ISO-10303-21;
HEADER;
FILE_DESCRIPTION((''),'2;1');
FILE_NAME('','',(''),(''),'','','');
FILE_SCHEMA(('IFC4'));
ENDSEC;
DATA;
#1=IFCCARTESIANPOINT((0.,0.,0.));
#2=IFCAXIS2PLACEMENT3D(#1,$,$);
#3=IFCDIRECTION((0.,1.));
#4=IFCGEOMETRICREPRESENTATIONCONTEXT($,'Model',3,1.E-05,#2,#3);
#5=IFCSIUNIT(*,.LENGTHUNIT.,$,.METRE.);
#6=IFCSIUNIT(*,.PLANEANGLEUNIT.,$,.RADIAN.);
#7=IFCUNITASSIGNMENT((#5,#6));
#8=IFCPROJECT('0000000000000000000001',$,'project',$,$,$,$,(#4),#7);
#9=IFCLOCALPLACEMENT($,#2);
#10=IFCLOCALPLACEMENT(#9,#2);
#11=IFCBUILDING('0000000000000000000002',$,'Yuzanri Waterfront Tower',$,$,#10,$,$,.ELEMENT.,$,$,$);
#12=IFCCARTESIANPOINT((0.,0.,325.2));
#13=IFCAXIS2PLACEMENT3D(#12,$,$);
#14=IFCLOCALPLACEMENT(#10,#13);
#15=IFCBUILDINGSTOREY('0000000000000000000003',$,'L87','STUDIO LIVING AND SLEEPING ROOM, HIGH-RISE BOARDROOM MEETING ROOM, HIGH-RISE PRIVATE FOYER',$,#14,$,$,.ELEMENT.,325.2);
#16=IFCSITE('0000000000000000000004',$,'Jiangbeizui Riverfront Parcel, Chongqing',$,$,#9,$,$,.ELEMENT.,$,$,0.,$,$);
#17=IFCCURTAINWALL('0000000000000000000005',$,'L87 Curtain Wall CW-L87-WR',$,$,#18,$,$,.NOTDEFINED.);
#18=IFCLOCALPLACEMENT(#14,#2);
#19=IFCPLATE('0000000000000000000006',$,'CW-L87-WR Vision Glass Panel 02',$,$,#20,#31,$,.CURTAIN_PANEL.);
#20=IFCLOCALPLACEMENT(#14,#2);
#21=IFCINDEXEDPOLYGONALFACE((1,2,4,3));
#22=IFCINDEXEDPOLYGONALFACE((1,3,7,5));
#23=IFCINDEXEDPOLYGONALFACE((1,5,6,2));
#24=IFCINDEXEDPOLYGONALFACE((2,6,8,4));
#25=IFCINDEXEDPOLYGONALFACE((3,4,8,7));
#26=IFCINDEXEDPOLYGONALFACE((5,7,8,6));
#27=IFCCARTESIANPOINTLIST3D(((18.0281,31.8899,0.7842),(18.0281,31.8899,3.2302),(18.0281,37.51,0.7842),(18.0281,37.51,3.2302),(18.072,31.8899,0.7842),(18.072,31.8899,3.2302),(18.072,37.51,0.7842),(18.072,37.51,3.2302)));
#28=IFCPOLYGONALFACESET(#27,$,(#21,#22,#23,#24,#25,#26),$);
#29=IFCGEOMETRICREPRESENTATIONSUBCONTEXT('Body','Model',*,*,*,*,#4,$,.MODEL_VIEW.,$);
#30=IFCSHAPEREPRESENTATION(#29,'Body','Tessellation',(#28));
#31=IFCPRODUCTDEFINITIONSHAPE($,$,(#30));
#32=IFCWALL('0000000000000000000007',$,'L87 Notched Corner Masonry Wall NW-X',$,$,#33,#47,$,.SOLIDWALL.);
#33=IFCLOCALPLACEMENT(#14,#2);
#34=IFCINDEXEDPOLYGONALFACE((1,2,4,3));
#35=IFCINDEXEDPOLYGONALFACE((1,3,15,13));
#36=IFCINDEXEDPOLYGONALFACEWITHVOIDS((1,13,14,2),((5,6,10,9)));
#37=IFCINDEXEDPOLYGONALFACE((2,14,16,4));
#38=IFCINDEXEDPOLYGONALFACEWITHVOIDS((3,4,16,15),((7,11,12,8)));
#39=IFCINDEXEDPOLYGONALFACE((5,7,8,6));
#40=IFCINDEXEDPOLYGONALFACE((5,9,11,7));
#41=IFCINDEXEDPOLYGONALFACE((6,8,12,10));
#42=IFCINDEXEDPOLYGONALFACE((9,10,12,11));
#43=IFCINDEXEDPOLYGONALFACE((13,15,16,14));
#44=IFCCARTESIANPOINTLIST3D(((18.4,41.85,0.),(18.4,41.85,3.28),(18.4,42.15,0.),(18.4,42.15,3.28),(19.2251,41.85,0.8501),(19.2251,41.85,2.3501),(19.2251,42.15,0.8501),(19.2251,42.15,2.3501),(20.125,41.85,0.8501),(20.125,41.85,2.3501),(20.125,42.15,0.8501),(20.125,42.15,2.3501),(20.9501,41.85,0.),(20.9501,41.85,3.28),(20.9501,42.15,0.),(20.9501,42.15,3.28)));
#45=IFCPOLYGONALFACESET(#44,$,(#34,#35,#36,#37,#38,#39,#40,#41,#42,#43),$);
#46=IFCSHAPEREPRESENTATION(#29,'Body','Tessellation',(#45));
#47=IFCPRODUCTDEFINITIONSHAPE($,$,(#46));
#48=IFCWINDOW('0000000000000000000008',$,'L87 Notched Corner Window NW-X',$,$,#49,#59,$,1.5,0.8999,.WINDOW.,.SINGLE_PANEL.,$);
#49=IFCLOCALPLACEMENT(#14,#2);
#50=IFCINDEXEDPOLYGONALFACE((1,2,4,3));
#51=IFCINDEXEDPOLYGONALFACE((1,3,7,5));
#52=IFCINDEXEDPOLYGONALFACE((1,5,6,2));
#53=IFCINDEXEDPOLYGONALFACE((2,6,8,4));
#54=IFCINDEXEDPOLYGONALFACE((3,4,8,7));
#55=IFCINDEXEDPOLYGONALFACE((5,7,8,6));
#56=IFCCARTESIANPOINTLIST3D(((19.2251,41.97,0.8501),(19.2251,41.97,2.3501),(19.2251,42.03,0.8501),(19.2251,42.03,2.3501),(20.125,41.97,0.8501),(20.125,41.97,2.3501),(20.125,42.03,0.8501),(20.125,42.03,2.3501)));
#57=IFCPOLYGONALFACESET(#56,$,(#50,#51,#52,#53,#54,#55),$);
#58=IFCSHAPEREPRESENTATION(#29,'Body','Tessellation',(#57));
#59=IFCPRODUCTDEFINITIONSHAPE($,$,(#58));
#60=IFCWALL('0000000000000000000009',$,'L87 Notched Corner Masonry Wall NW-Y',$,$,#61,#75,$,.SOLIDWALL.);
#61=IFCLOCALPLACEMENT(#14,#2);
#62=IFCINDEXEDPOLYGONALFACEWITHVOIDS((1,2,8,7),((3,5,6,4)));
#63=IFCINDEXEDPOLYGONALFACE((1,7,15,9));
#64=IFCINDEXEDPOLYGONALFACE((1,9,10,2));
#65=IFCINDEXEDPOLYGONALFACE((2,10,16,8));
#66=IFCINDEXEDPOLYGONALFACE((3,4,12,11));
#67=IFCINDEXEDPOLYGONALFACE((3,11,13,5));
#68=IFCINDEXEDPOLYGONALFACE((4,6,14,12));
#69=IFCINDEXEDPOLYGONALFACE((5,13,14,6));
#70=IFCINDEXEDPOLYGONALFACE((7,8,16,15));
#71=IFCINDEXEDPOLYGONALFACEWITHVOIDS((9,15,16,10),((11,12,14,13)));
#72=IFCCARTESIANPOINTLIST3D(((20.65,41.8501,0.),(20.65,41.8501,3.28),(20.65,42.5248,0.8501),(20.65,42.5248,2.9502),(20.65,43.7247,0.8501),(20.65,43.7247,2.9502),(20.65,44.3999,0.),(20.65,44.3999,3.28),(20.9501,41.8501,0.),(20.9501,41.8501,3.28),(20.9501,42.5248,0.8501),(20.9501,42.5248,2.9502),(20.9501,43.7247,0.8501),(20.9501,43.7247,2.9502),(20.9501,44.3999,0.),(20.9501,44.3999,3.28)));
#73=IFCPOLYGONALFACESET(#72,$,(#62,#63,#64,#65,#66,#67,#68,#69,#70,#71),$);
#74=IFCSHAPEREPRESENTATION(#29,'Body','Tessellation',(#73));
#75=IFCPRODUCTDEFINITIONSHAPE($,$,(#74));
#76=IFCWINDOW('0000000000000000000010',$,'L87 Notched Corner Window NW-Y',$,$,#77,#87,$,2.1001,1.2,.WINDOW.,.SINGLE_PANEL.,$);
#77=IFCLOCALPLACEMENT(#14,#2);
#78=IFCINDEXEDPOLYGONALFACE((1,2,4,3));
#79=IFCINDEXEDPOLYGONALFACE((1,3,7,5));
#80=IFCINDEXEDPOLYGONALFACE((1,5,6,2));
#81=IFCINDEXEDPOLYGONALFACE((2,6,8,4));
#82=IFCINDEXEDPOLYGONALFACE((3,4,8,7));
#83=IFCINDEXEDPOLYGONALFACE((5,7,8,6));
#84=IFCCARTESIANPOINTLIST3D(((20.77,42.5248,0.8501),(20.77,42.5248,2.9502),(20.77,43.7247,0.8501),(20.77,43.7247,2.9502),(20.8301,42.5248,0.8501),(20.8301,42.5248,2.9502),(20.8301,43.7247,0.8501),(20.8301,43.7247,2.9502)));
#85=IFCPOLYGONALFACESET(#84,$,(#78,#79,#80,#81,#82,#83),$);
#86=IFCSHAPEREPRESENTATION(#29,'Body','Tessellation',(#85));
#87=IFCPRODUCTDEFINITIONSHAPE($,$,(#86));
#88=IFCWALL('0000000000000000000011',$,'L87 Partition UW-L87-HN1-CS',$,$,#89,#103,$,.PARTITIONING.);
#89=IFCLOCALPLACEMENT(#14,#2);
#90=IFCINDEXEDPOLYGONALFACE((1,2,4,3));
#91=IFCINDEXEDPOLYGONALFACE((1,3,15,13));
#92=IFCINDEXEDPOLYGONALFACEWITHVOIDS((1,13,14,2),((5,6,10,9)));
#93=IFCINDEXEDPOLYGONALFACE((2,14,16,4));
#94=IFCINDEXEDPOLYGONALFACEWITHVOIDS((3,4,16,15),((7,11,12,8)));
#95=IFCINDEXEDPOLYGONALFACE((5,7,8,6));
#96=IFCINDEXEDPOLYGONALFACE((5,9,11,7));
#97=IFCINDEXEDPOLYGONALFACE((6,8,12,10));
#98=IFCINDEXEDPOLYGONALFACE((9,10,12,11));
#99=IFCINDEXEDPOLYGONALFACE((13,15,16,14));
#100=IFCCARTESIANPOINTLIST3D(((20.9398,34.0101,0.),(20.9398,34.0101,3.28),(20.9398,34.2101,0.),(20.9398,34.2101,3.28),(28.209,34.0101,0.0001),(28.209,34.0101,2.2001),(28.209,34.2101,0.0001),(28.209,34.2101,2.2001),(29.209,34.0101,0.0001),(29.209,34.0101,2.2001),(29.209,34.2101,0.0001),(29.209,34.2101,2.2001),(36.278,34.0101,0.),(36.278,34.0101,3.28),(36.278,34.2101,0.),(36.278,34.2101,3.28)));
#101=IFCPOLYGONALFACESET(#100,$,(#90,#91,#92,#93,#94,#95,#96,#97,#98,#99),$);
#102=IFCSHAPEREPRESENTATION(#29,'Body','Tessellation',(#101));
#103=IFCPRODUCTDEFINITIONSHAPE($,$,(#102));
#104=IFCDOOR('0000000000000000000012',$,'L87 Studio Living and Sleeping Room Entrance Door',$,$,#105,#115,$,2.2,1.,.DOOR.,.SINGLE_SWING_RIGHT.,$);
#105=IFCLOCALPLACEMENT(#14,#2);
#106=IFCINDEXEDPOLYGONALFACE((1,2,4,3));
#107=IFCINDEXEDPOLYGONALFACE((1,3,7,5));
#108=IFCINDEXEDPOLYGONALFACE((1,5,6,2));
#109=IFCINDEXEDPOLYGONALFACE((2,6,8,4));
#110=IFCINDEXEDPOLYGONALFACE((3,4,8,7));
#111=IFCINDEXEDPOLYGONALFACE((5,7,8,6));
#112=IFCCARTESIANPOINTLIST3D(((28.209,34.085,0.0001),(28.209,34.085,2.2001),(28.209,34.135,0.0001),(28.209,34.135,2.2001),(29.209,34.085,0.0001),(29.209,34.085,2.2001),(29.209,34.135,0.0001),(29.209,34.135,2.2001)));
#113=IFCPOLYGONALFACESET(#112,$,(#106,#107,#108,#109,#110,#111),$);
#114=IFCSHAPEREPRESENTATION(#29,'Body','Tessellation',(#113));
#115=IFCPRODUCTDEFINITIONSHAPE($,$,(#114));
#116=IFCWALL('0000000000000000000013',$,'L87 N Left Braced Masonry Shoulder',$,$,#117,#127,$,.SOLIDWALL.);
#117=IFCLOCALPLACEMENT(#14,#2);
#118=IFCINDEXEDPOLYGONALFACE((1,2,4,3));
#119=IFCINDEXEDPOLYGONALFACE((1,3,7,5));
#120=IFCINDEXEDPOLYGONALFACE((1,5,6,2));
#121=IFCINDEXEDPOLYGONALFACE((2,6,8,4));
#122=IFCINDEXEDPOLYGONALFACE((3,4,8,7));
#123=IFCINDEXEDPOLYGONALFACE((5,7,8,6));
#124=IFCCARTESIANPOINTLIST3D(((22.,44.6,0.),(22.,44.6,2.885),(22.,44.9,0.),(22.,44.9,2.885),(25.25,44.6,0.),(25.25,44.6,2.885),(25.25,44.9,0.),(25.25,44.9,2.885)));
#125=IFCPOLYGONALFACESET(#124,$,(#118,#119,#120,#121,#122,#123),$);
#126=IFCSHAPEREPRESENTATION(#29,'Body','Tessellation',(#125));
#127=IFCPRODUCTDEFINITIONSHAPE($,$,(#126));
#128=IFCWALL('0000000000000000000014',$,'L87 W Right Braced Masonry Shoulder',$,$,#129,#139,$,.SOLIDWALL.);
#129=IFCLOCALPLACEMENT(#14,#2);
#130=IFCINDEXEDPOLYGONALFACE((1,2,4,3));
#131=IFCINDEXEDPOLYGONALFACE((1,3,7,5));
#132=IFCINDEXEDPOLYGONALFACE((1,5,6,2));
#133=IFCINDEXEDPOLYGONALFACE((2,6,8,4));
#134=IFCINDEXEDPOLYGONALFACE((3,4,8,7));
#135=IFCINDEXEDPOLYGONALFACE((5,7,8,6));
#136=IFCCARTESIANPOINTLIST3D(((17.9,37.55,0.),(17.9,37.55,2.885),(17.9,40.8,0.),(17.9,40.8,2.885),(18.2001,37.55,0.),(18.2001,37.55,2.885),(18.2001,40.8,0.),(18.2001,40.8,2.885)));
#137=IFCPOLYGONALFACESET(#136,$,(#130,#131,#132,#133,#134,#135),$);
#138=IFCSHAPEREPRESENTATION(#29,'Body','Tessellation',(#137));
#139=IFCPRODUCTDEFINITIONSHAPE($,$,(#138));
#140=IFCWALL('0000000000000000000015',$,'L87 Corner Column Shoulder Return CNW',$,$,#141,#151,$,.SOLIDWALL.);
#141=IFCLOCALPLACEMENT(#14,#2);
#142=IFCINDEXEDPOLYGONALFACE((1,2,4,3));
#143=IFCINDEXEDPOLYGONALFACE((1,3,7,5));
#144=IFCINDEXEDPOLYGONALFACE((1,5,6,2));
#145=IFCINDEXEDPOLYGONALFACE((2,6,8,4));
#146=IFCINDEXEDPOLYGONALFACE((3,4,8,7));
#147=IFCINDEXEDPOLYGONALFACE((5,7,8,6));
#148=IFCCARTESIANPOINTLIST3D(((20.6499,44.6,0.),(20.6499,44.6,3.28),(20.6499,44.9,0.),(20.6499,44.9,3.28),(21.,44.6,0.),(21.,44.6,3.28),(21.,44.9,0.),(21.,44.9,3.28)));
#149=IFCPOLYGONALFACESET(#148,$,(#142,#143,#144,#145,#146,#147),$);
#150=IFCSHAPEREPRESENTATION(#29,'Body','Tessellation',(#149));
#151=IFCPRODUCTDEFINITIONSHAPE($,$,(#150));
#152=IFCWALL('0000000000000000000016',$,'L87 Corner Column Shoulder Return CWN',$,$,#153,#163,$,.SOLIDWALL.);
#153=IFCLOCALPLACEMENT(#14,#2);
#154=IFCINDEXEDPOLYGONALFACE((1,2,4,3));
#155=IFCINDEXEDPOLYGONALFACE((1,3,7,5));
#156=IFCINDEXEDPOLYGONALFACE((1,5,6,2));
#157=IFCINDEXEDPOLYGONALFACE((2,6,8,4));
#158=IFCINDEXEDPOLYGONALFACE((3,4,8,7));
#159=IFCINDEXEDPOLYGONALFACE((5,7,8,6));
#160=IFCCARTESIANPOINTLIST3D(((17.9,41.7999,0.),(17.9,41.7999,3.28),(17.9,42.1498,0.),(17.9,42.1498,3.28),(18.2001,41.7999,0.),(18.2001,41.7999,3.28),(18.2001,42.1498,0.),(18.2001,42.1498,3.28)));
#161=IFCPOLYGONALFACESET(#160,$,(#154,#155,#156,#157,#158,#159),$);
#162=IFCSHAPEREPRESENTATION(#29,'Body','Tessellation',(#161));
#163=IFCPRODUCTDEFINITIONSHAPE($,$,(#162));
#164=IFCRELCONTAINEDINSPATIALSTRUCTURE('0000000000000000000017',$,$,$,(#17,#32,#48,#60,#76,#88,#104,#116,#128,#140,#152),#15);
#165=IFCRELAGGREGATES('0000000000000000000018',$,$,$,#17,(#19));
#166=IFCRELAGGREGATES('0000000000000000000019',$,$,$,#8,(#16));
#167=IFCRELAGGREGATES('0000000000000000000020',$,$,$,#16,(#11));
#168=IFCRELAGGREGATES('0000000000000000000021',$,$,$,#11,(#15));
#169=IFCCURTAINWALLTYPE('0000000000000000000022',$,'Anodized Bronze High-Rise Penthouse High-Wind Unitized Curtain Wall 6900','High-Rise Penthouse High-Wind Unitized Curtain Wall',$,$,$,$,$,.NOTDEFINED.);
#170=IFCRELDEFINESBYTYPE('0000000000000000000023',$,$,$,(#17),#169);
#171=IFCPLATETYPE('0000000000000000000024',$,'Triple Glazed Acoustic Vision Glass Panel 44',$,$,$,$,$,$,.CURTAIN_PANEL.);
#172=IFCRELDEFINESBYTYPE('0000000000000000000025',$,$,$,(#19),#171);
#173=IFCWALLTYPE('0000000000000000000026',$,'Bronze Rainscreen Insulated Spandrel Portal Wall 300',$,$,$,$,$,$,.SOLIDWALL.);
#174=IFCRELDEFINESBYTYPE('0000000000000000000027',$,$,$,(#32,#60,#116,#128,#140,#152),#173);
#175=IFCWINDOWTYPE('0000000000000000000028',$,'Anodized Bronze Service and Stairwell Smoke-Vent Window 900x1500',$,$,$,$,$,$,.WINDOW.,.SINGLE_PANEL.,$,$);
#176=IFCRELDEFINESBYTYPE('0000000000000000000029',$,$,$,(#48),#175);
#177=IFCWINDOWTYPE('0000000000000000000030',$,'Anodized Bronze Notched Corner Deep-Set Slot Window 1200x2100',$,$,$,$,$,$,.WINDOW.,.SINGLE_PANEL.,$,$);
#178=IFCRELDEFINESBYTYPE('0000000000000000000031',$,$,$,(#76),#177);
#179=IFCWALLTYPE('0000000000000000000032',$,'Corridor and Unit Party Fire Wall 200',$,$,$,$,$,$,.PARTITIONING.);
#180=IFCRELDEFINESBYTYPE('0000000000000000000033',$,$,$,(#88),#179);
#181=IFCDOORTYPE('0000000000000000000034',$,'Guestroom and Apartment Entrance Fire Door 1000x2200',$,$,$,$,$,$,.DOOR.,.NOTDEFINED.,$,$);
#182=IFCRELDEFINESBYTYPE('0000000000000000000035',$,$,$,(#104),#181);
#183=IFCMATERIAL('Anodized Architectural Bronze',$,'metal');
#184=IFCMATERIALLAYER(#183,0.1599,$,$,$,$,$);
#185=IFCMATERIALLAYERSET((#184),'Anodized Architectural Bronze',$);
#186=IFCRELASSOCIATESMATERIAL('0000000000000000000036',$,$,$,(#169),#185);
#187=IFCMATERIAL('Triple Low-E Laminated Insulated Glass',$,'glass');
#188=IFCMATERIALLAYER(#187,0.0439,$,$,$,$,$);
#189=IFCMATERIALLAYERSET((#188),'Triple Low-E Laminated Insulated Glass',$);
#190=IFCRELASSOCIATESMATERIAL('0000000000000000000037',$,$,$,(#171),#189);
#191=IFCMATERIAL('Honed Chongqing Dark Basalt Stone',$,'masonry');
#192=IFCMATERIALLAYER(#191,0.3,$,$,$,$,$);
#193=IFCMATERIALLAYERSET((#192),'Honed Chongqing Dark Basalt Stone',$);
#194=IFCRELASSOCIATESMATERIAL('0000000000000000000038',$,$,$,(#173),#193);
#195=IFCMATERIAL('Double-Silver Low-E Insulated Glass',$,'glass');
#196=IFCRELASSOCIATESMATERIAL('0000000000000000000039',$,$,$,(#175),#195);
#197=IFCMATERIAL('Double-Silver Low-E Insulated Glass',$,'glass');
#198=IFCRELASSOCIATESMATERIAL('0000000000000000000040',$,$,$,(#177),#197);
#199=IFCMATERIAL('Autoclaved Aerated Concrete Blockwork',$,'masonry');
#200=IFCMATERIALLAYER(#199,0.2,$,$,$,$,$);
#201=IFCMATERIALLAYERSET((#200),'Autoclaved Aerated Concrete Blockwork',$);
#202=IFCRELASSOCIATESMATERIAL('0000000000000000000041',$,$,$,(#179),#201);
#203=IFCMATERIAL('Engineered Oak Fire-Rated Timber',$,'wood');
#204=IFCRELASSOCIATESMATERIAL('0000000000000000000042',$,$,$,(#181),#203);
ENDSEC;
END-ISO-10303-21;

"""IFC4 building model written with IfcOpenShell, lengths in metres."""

from ifc_helpers import new_model, si_unit, direction, frame, frame_2d, origin, origin_2d, place, context, subcontext, project, spatial, rectangle, extrude, source, transform, mapped, material, layer, layer_set, type_object, element, fill, aggregate, save


model = new_model("IFC4")

# Units and contexts
model_context = context("Model", 3, precision=1e-05, world=origin(), true_north=direction((0.0, 1.0)))
body_context = subcontext(model_context, "Body", "Model", "MODEL_VIEW")
ifc_project = project(units=[si_unit("LENGTHUNIT", "METRE"), si_unit("PLANEANGLEUNIT", "RADIAN")], contexts=[model_context])

# Site, building, storey
site_placement = place(None, origin())
site = spatial("IfcSite", under=ifc_project, at=site_placement, Name="Jiangbeizui Riverfront Parcel, Chongqing", CompositionType="ELEMENT", RefElevation=0.0)
building_placement = place(site_placement, origin())
building = spatial("IfcBuilding", under=site, at=building_placement, Name="Yuzanri Waterfront Tower", CompositionType="ELEMENT")
storey_placement = place(building_placement, frame((0.0, 0.0, 325.2)))
storey = spatial("IfcBuildingStorey", under=building, at=storey_placement, Name="L87", Description="STUDIO LIVING AND SLEEPING ROOM, HIGH-RISE BOARDROOM MEETING ROOM, HIGH-RISE PRIVATE FOYER", CompositionType="ELEMENT", Elevation=325.2)

# Curtain wall
ifc_material_1 = material(Name="Anodized Architectural Bronze", Category="metal")
ifc_layer_1 = layer(ifc_material_1, 0.1599)
ifc_layer_set_1 = layer_set([ifc_layer_1], Name="Anodized Architectural Bronze")
curtain_wall_type = type_object("IfcCurtainWallType", Name="Anodized Bronze High-Rise Penthouse High-Wind Unitized Curtain Wall 6900", Description="High-Rise Penthouse High-Wind Unitized Curtain Wall", PredefinedType="NOTDEFINED", material=ifc_layer_set_1)
curtain_wall_placement = place(storey_placement, origin())
curtain_wall = element("IfcCurtainWall", 1, at=curtain_wall_placement, inside=storey, type_object=curtain_wall_type, Name="L87 Curtain Wall CW-L87-WR", PredefinedType="NOTDEFINED")

# Plate
ifc_material_2 = material(Name="Triple Low-E Laminated Insulated Glass", Category="glass")
ifc_layer_2 = layer(ifc_material_2, 0.0439)
ifc_layer_set_2 = layer_set([ifc_layer_2], Name="Triple Low-E Laminated Insulated Glass")
plate_type_1 = type_object("IfcPlateType", Name="Triple Glazed Acoustic Vision Glass Panel 44", PredefinedType="CURTAIN_PANEL", material=ifc_layer_set_2)
shared_shape_1 = source(origin(), body_context, "Body", "SweptSolid", [
    extrude(rectangle(XDim=5.6201, YDim=0.0439, at=origin_2d()), origin(), (0.0, 0.0, 1.0), 2.446),
])
plate_1_placement = place(storey_placement, frame((18.05, 34.7, 0.7842), z_axis=(0.0, 0.0, 1.0), x_axis=(0.0, 1.0, 0.0)))
plate_1 = element("IfcPlate", 2, at=plate_1_placement, type_object=plate_type_1, Name="CW-L87-WR Vision Glass Panel 02", PredefinedType="CURTAIN_PANEL", context=body_context, shape_type="MappedRepresentation", body=[
    mapped(shared_shape_1, transform((0.0, 0.0, 0.0), scale=1.0)),
])
aggregate(curtain_wall, [plate_1])

# Walls, openings, windows
ifc_material_3 = material(Name="Honed Chongqing Dark Basalt Stone", Category="masonry")
ifc_layer_3 = layer(ifc_material_3, 0.3)
ifc_layer_set_3 = layer_set([ifc_layer_3], Name="Honed Chongqing Dark Basalt Stone")
wall_type_1 = type_object("IfcWallType", Name="Bronze Rainscreen Insulated Spandrel Portal Wall 300", PredefinedType="SOLIDWALL", material=ifc_layer_set_3)
wall_1_placement = place(storey_placement, frame((20.95, 42.0, 0.0), z_axis=(0.0, 0.0, 1.0), x_axis=(-1.0, 0.0, 0.0)))
wall_1 = element("IfcWall", 3, at=wall_1_placement, inside=storey, type_object=wall_type_1, Name="L87 Notched Corner Masonry Wall NW-X", PredefinedType="SOLIDWALL", context=body_context, shape_type="SweptSolid", body=[
    extrude(rectangle(XDim=2.55, YDim=0.3, at=frame_2d((1.2749, 0.0))), origin(), (0.0, 0.0, 1.0), 3.28),
])
opening_1_placement = place(wall_1_placement, frame((0.825, 0.0, 0.8501)))
opening_1 = element("IfcOpeningElement", 4, at=opening_1_placement, cuts=wall_1, PredefinedType="OPENING", context=body_context, shape_type="SweptSolid", body=[
    extrude(rectangle(XDim=0.8999, YDim=1.5, at=frame_2d((0.45, 0.75))), frame((0.0, 0.165, 0.0), z_axis=(0.0, -1.0, 0.0), x_axis=(1.0, 0.0, 0.0)), (0.0, 0.0, 1.0), 0.3298),
])
ifc_material_4 = material(Name="Double-Silver Low-E Insulated Glass", Category="glass")
window_type_1 = type_object("IfcWindowType", Name="Anodized Bronze Service and Stairwell Smoke-Vent Window 900x1500", PartitioningType="SINGLE_PANEL", PredefinedType="WINDOW", material=ifc_material_4)
shared_shape_2 = source(origin(), body_context, "Body", "SweptSolid", [
    extrude(rectangle(XDim=0.8999, YDim=1.5, at=frame_2d((0.45, 0.75))), frame((0.0, 0.03, 0.0), z_axis=(0.0, -1.0, 0.0), x_axis=(1.0, 0.0, 0.0)), (0.0, 0.0, 1.0), 0.0601),
])
window_1_placement = place(opening_1_placement, origin())
window_1 = element("IfcWindow", 5, at=window_1_placement, inside=storey, type_object=window_type_1, Name="L87 Notched Corner Window NW-X", OverallHeight=1.5, OverallWidth=0.8999, PartitioningType="SINGLE_PANEL", PredefinedType="WINDOW", context=body_context, shape_type="MappedRepresentation", body=[
    mapped(shared_shape_2, transform((0.0, 0.0, 0.0), scale=1.0)),
])
fill(opening_1, window_1)
wall_2_placement = place(storey_placement, frame((20.8, 44.3999, 0.0), z_axis=(0.0, 0.0, 1.0), x_axis=(0.0, -1.0, 0.0)))
wall_2 = element("IfcWall", 6, at=wall_2_placement, inside=storey, type_object=wall_type_1, Name="L87 Notched Corner Masonry Wall NW-Y", PredefinedType="SOLIDWALL", context=body_context, shape_type="SweptSolid", body=[
    extrude(rectangle(XDim=2.5498, YDim=0.3, at=frame_2d((1.2749, 0.0))), origin(), (0.0, 0.0, 1.0), 3.28),
])
opening_2_placement = place(wall_2_placement, frame((0.675, 0.0, 0.8501)))
opening_2 = element("IfcOpeningElement", 7, at=opening_2_placement, cuts=wall_2, PredefinedType="OPENING", context=body_context, shape_type="SweptSolid", body=[
    extrude(rectangle(XDim=1.2, YDim=2.1001, at=frame_2d((0.6001, 1.05))), frame((0.0, 0.165, 0.0), z_axis=(0.0, -1.0, 0.0), x_axis=(1.0, 0.0, 0.0)), (0.0, 0.0, 1.0), 0.3298),
])
ifc_material_5 = material(Name="Double-Silver Low-E Insulated Glass", Category="glass")
window_type_2 = type_object("IfcWindowType", Name="Anodized Bronze Notched Corner Deep-Set Slot Window 1200x2100", PartitioningType="SINGLE_PANEL", PredefinedType="WINDOW", material=ifc_material_5)
shared_shape_3 = source(origin(), body_context, "Body", "SweptSolid", [
    extrude(rectangle(XDim=1.2, YDim=2.1001, at=frame_2d((0.6001, 1.05))), frame((0.0, 0.03, 0.0), z_axis=(0.0, -1.0, 0.0), x_axis=(1.0, 0.0, 0.0)), (0.0, 0.0, 1.0), 0.0601),
])
window_2_placement = place(opening_2_placement, origin())
window_2 = element("IfcWindow", 8, at=window_2_placement, inside=storey, type_object=window_type_2, Name="L87 Notched Corner Window NW-Y", OverallHeight=2.1001, OverallWidth=1.2, PartitioningType="SINGLE_PANEL", PredefinedType="WINDOW", context=body_context, shape_type="MappedRepresentation", body=[
    mapped(shared_shape_3, transform((0.0, 0.0, 0.0), scale=1.0)),
])
fill(opening_2, window_2)

# Wall, opening, door
ifc_material_6 = material(Name="Autoclaved Aerated Concrete Blockwork", Category="masonry")
ifc_layer_4 = layer(ifc_material_6, 0.2)
ifc_layer_set_4 = layer_set([ifc_layer_4], Name="Autoclaved Aerated Concrete Blockwork")
wall_type_2 = type_object("IfcWallType", Name="Corridor and Unit Party Fire Wall 200", PredefinedType="PARTITIONING", material=ifc_layer_set_4)
wall_3_placement = place(storey_placement, frame((20.9399, 34.1101, 0.0), z_axis=(0.0, 0.0, 1.0), x_axis=(1.0, 0.0, 0.0)))
wall_3 = element("IfcWall", 9, at=wall_3_placement, inside=storey, type_object=wall_type_2, Name="L87 Partition UW-L87-HN1-CS", PredefinedType="PARTITIONING", context=body_context, shape_type="SweptSolid", body=[
    extrude(rectangle(XDim=15.3381, YDim=0.2, at=frame_2d((7.6689, 0.0))), origin(), (0.0, 0.0, 1.0), 3.28),
])
opening_3_placement = place(wall_3_placement, frame((7.269, 0.0, 0.0)))
opening_3 = element("IfcOpeningElement", 10, at=opening_3_placement, cuts=wall_3, PredefinedType="OPENING", context=body_context, shape_type="SweptSolid", body=[
    extrude(rectangle(XDim=1.0, YDim=2.2, at=frame_2d((0.5, 1.1001))), frame((0.0, 0.1147, 0.0), z_axis=(0.0, -1.0, 0.0), x_axis=(1.0, 0.0, 0.0)), (0.0, 0.0, 1.0), 0.2297),
])
ifc_material_7 = material(Name="Engineered Oak Fire-Rated Timber", Category="wood")
door_type = type_object("IfcDoorType", Name="Guestroom and Apartment Entrance Fire Door 1000x2200", OperationType="NOTDEFINED", PredefinedType="DOOR", material=ifc_material_7)
shared_shape_4 = source(origin(), body_context, "Body", "SweptSolid", [
    extrude(rectangle(XDim=1.0, YDim=2.2, at=frame_2d((0.5, 1.1001))), frame((0.0, 0.0249, 0.0), z_axis=(0.0, -1.0, 0.0), x_axis=(1.0, 0.0, 0.0)), (0.0, 0.0, 1.0), 0.05),
])
door_placement = place(opening_3_placement, origin())
door = element("IfcDoor", 11, at=door_placement, inside=storey, type_object=door_type, Name="L87 Studio Living and Sleeping Room Entrance Door", OperationType="SINGLE_SWING_RIGHT", OverallHeight=2.2, OverallWidth=1.0, PredefinedType="DOOR", context=body_context, shape_type="MappedRepresentation", body=[
    mapped(shared_shape_4, transform((0.0, 0.0, 0.0), scale=1.0)),
])
fill(opening_3, door)

# Walls
shared_shape_5 = source(origin(), body_context, "Body", "SweptSolid", [
    extrude(rectangle(XDim=3.25, YDim=0.3, at=frame_2d((1.625, 0.0))), origin(), (0.0, 0.0, 1.0), 2.885),
])
for number, where, z_axis, x_axis, name in (
    (12, (22.0, 44.75, 0.0), (0.0, 0.0, 1.0), (1.0, 0.0, 0.0), "L87 N Left Braced Masonry Shoulder"),
    (13, (18.05, 37.55, 0.0), (0.0, 0.0, 1.0), (0.0, 1.0, 0.0), "L87 W Right Braced Masonry Shoulder"),
):
    element("IfcWall", number, at=place(storey_placement, frame(where, z_axis=z_axis, x_axis=x_axis)), inside=storey, type_object=wall_type_1, Name=name, PredefinedType="SOLIDWALL", context=body_context, shape_type="MappedRepresentation", body=[
        mapped(shared_shape_5, transform((0.0, 0.0, 0.0), scale=1.0)),
    ])
shared_shape_6 = source(origin(), body_context, "Body", "SweptSolid", [
    extrude(rectangle(XDim=0.3501, YDim=0.3, at=frame_2d((0.175, 0.0))), origin(), (0.0, 0.0, 1.0), 3.28),
])
wall_4_placement = place(storey_placement, frame((20.6499, 44.75, 0.0), z_axis=(0.0, 0.0, 1.0), x_axis=(1.0, 0.0, 0.0)))
element("IfcWall", 14, at=wall_4_placement, inside=storey, type_object=wall_type_1, Name="L87 Corner Column Shoulder Return CNW", PredefinedType="SOLIDWALL", context=body_context, shape_type="MappedRepresentation", body=[
    mapped(shared_shape_6, transform((0.0, 0.0, 0.0), scale=1.0)),
])
shared_shape_7 = source(origin(), body_context, "Body", "SweptSolid", [
    extrude(rectangle(XDim=0.3499, YDim=0.3, at=frame_2d((0.1748, 0.0))), origin(), (0.0, 0.0, 1.0), 3.28),
])
wall_5_placement = place(storey_placement, frame((18.05, 41.8, 0.0), z_axis=(0.0, 0.0, 1.0), x_axis=(0.0, 1.0, 0.0)))
element("IfcWall", 15, at=wall_5_placement, inside=storey, type_object=wall_type_1, Name="L87 Corner Column Shoulder Return CWN", PredefinedType="SOLIDWALL", context=body_context, shape_type="MappedRepresentation", body=[
    mapped(shared_shape_7, transform((0.0, 0.0, 0.0), scale=1.0)),
])

save(model, "model.ifc")
